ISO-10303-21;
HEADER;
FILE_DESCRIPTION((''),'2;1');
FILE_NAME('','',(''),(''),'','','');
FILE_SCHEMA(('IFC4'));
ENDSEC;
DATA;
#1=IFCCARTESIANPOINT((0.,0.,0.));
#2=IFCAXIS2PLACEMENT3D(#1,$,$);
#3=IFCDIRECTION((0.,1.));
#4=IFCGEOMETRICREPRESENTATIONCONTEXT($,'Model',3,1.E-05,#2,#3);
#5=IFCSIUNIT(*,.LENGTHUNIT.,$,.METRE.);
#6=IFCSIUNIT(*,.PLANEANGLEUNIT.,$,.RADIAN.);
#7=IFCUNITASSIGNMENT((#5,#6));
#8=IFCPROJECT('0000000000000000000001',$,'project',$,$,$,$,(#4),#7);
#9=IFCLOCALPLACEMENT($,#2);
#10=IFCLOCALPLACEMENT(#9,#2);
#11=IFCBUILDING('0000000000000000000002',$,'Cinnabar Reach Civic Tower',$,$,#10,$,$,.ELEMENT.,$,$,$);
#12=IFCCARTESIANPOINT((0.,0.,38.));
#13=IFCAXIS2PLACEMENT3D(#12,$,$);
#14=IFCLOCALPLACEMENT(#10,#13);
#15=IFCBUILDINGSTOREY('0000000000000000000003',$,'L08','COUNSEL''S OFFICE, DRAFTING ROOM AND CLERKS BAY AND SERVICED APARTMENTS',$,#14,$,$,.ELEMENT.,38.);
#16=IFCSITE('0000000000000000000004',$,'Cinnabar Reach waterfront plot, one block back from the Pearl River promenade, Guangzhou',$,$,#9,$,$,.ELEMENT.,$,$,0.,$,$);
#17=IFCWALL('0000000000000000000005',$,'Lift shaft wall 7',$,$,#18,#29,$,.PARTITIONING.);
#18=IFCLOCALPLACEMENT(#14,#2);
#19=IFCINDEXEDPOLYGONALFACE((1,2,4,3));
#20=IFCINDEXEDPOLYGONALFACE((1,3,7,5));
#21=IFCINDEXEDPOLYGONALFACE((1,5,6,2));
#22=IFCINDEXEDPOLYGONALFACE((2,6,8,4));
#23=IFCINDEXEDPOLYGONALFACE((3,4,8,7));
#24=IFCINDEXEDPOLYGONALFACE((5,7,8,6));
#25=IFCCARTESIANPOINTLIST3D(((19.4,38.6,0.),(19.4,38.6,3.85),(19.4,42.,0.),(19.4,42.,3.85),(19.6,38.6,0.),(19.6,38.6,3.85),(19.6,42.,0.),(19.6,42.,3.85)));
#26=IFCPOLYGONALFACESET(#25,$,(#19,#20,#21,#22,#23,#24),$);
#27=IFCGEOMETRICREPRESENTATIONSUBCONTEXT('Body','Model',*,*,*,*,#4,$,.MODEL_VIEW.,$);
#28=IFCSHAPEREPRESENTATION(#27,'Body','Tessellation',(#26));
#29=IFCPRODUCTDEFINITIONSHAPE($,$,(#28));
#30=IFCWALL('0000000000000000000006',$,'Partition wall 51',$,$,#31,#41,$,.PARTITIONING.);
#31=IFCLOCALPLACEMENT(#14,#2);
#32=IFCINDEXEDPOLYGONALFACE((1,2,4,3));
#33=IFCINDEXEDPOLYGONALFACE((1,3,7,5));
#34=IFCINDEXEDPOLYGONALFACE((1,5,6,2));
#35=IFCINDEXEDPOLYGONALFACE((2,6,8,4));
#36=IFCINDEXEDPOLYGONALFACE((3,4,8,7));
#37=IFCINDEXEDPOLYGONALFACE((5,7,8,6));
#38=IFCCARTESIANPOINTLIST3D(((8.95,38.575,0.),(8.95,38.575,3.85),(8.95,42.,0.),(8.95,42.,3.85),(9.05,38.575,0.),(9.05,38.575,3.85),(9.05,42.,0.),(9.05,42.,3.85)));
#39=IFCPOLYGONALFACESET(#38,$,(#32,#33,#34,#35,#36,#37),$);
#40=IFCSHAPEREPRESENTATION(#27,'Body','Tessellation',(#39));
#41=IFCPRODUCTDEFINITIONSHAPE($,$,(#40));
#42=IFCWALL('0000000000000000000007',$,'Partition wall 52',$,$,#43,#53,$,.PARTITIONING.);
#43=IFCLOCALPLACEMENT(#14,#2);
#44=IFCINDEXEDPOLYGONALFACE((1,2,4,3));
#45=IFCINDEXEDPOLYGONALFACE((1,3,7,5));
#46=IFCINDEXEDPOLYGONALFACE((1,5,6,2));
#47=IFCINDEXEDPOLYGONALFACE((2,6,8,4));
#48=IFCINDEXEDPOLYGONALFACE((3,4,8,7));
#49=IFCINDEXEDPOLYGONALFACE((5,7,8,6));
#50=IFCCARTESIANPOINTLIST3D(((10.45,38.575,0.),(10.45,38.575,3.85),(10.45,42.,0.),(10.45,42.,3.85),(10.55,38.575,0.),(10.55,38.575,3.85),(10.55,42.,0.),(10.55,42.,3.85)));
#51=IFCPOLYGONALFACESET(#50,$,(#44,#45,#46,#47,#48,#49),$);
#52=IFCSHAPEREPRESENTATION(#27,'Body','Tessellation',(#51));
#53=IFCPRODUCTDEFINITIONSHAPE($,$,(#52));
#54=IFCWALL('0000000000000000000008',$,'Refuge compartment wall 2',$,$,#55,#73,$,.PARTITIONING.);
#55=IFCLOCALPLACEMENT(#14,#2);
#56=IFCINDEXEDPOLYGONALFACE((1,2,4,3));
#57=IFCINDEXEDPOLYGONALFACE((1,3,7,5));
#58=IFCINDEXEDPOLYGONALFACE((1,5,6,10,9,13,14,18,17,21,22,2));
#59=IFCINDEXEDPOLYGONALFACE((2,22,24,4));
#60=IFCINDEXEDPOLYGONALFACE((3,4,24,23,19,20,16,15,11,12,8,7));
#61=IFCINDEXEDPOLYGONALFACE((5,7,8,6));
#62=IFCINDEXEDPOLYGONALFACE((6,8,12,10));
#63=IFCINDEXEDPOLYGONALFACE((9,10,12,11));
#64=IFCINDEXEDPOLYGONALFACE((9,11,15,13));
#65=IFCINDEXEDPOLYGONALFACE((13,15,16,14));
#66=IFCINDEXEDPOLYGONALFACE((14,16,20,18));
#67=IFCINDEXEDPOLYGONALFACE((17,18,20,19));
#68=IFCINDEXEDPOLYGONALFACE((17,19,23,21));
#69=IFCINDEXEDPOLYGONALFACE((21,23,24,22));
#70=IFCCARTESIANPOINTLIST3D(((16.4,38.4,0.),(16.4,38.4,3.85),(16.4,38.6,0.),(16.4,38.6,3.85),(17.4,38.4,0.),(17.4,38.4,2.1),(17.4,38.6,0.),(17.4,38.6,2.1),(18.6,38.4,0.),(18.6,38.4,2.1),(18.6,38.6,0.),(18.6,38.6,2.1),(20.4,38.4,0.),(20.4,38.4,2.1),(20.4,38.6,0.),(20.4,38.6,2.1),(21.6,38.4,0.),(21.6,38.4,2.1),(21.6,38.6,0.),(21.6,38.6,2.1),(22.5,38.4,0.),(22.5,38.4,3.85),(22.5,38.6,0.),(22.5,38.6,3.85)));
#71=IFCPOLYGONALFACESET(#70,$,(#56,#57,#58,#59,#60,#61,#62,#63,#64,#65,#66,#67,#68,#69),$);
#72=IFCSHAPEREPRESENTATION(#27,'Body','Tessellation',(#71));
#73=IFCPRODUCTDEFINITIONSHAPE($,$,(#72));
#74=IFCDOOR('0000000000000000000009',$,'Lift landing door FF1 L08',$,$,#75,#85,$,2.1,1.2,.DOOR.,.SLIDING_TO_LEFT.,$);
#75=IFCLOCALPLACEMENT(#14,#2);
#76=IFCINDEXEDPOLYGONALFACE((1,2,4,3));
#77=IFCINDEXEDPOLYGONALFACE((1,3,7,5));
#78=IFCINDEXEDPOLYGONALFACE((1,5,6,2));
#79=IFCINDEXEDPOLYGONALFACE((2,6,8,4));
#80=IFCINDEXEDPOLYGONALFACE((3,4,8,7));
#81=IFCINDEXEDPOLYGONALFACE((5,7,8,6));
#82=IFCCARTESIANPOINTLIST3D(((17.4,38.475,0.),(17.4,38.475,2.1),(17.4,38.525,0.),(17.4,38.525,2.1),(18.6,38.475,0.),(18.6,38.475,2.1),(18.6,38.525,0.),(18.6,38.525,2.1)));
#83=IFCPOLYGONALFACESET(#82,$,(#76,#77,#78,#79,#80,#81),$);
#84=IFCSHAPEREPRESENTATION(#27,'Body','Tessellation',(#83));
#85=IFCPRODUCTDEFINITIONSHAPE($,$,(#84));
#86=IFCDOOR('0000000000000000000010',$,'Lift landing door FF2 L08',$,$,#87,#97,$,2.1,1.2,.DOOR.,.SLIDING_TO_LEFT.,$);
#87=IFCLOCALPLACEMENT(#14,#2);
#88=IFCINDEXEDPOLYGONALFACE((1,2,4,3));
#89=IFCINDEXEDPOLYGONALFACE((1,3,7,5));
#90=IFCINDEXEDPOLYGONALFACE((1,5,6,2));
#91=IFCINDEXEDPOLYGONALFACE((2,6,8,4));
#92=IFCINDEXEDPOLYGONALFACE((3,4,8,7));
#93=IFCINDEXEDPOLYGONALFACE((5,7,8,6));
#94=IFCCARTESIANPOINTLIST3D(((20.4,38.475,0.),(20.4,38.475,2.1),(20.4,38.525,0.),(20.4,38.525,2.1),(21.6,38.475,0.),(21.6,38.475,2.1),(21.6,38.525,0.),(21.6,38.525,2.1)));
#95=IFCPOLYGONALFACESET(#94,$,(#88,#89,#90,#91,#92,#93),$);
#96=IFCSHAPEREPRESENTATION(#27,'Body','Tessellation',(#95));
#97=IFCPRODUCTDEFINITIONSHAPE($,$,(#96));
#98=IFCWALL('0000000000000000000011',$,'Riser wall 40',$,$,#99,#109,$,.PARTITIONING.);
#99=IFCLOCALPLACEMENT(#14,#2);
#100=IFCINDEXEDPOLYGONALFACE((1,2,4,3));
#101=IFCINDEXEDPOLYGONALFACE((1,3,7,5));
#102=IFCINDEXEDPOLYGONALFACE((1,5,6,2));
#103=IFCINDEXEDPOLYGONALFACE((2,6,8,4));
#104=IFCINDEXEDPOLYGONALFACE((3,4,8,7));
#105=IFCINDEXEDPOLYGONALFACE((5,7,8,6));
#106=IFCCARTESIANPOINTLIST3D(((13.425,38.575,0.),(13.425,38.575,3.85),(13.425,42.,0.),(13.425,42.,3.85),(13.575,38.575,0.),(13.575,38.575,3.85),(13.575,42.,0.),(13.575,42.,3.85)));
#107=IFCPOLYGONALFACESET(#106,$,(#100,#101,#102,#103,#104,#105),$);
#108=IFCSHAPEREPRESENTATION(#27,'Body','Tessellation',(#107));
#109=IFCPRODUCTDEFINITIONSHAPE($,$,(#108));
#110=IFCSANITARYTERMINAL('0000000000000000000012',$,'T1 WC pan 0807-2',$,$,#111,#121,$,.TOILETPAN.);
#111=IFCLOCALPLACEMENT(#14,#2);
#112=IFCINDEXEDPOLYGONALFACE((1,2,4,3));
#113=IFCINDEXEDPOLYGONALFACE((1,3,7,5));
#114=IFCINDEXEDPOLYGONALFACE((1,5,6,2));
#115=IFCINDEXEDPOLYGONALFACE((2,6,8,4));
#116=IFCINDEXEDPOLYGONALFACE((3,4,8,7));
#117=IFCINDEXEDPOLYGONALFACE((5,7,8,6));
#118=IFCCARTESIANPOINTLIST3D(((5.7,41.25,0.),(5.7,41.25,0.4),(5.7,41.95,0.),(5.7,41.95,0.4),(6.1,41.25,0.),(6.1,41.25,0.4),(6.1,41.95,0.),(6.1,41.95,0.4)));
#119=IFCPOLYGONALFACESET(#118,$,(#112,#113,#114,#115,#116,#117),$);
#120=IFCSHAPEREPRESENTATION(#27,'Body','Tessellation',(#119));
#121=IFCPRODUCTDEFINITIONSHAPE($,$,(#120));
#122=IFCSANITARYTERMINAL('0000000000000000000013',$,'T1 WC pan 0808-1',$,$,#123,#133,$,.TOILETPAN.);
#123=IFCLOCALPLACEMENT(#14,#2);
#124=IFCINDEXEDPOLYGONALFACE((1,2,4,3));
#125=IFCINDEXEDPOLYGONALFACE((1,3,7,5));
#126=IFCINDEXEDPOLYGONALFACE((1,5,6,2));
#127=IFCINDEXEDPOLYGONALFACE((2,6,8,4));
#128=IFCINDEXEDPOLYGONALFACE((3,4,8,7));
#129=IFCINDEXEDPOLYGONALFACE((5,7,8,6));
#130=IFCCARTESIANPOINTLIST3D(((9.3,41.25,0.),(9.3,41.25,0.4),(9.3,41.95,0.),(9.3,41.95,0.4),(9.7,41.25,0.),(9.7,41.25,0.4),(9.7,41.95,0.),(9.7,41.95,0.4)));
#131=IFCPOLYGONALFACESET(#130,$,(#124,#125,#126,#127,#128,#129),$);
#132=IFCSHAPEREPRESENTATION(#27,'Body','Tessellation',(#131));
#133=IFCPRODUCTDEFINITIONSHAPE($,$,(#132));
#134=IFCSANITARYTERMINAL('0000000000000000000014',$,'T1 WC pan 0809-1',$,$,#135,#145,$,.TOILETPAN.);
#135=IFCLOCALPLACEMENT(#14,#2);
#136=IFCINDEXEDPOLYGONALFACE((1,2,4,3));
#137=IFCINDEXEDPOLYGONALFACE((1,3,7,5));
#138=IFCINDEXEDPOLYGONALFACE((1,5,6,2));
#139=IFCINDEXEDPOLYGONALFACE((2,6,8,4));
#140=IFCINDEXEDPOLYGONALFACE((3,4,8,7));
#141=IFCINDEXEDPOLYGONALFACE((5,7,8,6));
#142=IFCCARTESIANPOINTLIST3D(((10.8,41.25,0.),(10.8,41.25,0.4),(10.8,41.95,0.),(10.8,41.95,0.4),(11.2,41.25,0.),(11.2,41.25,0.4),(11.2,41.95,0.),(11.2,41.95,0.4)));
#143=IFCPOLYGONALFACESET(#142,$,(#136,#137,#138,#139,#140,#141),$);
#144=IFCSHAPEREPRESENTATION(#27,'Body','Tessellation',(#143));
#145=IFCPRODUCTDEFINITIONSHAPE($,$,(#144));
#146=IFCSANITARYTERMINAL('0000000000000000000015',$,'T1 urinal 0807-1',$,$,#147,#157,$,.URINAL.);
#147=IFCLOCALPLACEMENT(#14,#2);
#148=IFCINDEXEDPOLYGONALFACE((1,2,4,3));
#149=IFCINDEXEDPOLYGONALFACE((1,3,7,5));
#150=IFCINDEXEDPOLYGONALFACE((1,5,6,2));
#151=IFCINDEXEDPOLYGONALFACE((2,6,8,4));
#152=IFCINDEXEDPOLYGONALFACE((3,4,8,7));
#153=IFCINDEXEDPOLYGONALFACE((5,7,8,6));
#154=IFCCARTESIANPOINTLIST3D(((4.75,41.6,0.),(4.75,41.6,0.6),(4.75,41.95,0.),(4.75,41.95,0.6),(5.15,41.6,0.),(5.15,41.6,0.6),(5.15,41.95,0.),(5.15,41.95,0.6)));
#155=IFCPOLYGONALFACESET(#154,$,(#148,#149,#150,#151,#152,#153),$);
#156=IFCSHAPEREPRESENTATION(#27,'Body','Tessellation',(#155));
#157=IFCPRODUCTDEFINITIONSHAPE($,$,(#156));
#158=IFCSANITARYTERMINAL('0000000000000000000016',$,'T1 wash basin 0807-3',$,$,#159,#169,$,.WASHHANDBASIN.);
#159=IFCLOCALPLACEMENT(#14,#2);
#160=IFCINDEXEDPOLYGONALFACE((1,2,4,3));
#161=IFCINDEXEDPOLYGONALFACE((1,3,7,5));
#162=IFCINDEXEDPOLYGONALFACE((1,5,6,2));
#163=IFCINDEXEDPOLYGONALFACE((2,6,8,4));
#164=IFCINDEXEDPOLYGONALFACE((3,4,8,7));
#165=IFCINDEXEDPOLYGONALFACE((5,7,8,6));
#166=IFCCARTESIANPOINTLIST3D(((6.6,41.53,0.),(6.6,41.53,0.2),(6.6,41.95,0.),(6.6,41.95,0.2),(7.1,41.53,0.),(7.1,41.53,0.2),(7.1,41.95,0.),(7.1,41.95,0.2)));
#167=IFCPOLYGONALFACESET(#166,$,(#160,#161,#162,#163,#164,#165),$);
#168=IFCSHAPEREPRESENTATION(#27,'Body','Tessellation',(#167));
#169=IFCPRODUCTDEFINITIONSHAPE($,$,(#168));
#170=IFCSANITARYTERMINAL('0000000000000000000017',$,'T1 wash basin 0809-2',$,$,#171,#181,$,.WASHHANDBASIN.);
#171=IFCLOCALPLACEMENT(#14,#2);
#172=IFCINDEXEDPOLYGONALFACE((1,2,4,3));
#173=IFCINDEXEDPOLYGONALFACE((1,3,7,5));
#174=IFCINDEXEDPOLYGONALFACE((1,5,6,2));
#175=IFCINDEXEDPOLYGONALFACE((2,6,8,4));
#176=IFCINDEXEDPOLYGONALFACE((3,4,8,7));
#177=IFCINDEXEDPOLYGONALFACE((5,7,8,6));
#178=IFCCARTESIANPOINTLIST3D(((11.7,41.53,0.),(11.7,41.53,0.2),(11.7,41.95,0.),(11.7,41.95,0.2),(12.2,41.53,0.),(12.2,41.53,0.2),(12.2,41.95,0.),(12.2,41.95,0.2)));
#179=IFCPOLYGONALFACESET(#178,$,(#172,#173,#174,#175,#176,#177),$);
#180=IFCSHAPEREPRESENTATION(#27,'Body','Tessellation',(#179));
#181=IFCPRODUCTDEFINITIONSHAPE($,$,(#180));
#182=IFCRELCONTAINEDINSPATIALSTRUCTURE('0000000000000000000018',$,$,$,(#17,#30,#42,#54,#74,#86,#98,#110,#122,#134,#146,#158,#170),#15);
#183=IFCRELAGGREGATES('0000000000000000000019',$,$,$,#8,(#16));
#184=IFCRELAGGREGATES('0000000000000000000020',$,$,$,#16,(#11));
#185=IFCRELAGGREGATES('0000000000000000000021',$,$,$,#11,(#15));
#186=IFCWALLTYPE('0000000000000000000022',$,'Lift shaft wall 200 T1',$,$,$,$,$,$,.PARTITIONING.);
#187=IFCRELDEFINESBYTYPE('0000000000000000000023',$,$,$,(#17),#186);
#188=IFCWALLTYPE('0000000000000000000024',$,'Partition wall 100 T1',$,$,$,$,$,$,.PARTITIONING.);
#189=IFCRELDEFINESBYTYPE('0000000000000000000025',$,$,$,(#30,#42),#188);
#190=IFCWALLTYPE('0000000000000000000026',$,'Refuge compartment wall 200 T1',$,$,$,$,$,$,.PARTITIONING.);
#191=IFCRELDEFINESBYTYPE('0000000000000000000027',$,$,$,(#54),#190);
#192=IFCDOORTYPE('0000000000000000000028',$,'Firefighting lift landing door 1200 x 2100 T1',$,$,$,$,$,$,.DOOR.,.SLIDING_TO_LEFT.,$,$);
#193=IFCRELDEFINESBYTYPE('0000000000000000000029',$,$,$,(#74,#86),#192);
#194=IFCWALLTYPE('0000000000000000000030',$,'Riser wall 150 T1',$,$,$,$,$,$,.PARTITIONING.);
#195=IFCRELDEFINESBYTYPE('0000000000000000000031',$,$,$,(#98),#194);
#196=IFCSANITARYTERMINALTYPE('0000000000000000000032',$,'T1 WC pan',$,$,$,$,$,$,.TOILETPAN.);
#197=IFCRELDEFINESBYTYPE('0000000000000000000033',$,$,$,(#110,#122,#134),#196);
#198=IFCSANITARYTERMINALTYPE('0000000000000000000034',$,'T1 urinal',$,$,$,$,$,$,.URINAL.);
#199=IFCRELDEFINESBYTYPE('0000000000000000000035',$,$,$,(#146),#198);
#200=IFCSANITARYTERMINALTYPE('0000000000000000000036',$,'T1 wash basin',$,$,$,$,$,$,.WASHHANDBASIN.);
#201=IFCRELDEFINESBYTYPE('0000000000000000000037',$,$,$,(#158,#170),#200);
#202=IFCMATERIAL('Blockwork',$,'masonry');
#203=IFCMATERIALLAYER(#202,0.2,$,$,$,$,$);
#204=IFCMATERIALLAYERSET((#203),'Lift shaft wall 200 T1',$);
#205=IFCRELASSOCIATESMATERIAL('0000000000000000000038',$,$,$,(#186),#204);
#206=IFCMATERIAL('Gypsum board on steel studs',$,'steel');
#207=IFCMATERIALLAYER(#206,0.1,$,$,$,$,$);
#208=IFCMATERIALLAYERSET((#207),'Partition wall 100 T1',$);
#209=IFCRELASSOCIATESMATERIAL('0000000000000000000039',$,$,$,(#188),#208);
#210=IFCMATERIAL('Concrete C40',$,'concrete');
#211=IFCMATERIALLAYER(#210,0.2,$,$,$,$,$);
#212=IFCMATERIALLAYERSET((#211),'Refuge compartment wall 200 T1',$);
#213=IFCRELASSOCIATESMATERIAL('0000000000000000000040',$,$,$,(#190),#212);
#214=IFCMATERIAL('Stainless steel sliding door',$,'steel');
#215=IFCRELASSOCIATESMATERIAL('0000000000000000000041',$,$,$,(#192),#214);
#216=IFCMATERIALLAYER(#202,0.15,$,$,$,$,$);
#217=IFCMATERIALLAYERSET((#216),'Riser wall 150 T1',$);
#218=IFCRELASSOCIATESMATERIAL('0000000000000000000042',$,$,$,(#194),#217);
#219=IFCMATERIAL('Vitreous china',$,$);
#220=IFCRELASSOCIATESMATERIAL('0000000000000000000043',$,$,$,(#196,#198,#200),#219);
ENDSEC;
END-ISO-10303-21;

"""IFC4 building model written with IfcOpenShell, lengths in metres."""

from ifc_helpers import new_model, si_unit, direction, frame, frame_2d, origin, origin_2d, place, context, subcontext, project, spatial, rectangle, extrude, material, layer, layer_set, type_object, element, fill, save


model = new_model("IFC4")

# Units and contexts
model_context = context("Model", 3, precision=1e-05, world=origin(), true_north=direction((0.0, 1.0)))
body_context = subcontext(model_context, "Body", "Model", "MODEL_VIEW")
ifc_project = project(units=[si_unit("LENGTHUNIT", "METRE"), si_unit("PLANEANGLEUNIT", "RADIAN")], contexts=[model_context])

# Site, building, storey
site_placement = place(None, origin())
site = spatial("IfcSite", under=ifc_project, at=site_placement, Name="Cinnabar Reach waterfront plot, one block back from the Pearl River promenade, Guangzhou", CompositionType="ELEMENT", RefElevation=0.0)
building_placement = place(site_placement, origin())
building = spatial("IfcBuilding", under=site, at=building_placement, Name="Cinnabar Reach Civic Tower", CompositionType="ELEMENT")
storey_placement = place(building_placement, frame((0.0, 0.0, 38.0)))
storey = spatial("IfcBuildingStorey", under=building, at=storey_placement, Name="L08", Description="COUNSEL'S OFFICE, DRAFTING ROOM AND CLERKS BAY AND SERVICED APARTMENTS", CompositionType="ELEMENT", Elevation=38.0)

# Walls
ifc_material_1 = material(Name="Blockwork", Category="masonry")
ifc_layer_1 = layer(ifc_material_1, 0.2)
ifc_layer_set_1 = layer_set([ifc_layer_1], Name="Lift shaft wall 200 T1")
wall_type_1 = type_object("IfcWallType", Name="Lift shaft wall 200 T1", PredefinedType="PARTITIONING", material=ifc_layer_set_1)
for number, where, z_axis, x_axis, name in (
    (1, (19.5, 38.6, 0.0), (0.0, 0.0, 1.0), (0.0, 1.0, 0.0), "Lift shaft wall 7"),
):
    element("IfcWall", number, at=place(storey_placement, frame(where, z_axis=z_axis, x_axis=x_axis)), inside=storey, type_object=wall_type_1, Name=name, PredefinedType="PARTITIONING", context=body_context, shape_type="SweptSolid", body=[
        extrude(rectangle(XDim=3.4, YDim=0.2, at=frame_2d((1.7, 0.0))), origin(), (0.0, 0.0, 1.0), 3.85),
    ])
ifc_material_2 = material(Name="Gypsum board on steel studs", Category="steel")
ifc_layer_2 = layer(ifc_material_2, 0.1)
ifc_layer_set_2 = layer_set([ifc_layer_2], Name="Partition wall 100 T1")
wall_type_2 = type_object("IfcWallType", Name="Partition wall 100 T1", PredefinedType="PARTITIONING", material=ifc_layer_set_2)
for number, where, z_axis, x_axis, name in (
    (2, (9.0, 38.575, 0.0), (0.0, 0.0, 1.0), (0.0, 1.0, 0.0), "Partition wall 51"),
    (3, (10.5, 38.575, 0.0), (0.0, 0.0, 1.0), (0.0, 1.0, 0.0), "Partition wall 52"),
):
    element("IfcWall", number, at=place(storey_placement, frame(where, z_axis=z_axis, x_axis=x_axis)), inside=storey, type_object=wall_type_2, Name=name, PredefinedType="PARTITIONING", context=body_context, shape_type="SweptSolid", body=[
        extrude(rectangle(XDim=3.425, YDim=0.1, at=frame_2d((1.7125, 0.0))), origin(), (0.0, 0.0, 1.0), 3.85),
    ])

# Wall, openings, doors
ifc_material_3 = material(Name="Concrete C40", Category="concrete")
ifc_layer_3 = layer(ifc_material_3, 0.2)
ifc_layer_set_3 = layer_set([ifc_layer_3], Name="Refuge compartment wall 200 T1")
wall_type_3 = type_object("IfcWallType", Name="Refuge compartment wall 200 T1", PredefinedType="PARTITIONING", material=ifc_layer_set_3)
wall_1_placement = place(storey_placement, frame((16.4, 38.5, 0.0), z_axis=(0.0, 0.0, 1.0), x_axis=(1.0, 0.0, 0.0)))
wall_1 = element("IfcWall", 4, at=wall_1_placement, inside=storey, type_object=wall_type_3, Name="Refuge compartment wall 2", PredefinedType="PARTITIONING", context=body_context, shape_type="SweptSolid", body=[
    extrude(rectangle(XDim=6.1, YDim=0.2, at=frame_2d((3.05, 0.0))), origin(), (0.0, 0.0, 1.0), 3.85),
])
opening_1_placement = place(wall_1_placement, frame((1.0, 0.0, 0.0)))
opening_1 = element("IfcOpeningElement", 5, at=opening_1_placement, cuts=wall_1, PredefinedType="OPENING", context=body_context, shape_type="SweptSolid", body=[
    extrude(rectangle(XDim=1.2, YDim=2.1, at=frame_2d((0.6, 1.05))), frame((0.0, 0.11, 0.0), z_axis=(0.0, -1.0, 0.0), x_axis=(1.0, 0.0, 0.0)), (0.0, 0.0, 1.0), 0.22),
])
opening_2_placement = place(wall_1_placement, frame((4.0, 0.0, 0.0)))
opening_2 = element("IfcOpeningElement", 6, at=opening_2_placement, cuts=wall_1, PredefinedType="OPENING", context=body_context, shape_type="SweptSolid", body=[
    extrude(rectangle(XDim=1.2, YDim=2.1, at=frame_2d((0.6, 1.05))), frame((0.0, 0.11, 0.0), z_axis=(0.0, -1.0, 0.0), x_axis=(1.0, 0.0, 0.0)), (0.0, 0.0, 1.0), 0.22),
])
ifc_material_4 = material(Name="Stainless steel sliding door", Category="steel")
door_type_1 = type_object("IfcDoorType", Name="Firefighting lift landing door 1200 x 2100 T1", OperationType="SLIDING_TO_LEFT", PredefinedType="DOOR", material=ifc_material_4)
door_1_placement = place(opening_1_placement, origin())
door_1 = element("IfcDoor", 7, at=door_1_placement, inside=storey, type_object=door_type_1, Name="Lift landing door FF1 L08", OperationType="SLIDING_TO_LEFT", OverallHeight=2.1, OverallWidth=1.2, PredefinedType="DOOR", context=body_context, shape_type="SweptSolid", body=[
    extrude(rectangle(XDim=1.2, YDim=2.1, at=frame_2d((0.6, 1.05))), frame((0.0, 0.025, 0.0), z_axis=(0.0, -1.0, 0.0), x_axis=(1.0, 0.0, 0.0)), (0.0, 0.0, 1.0), 0.05),
])
fill(opening_1, door_1)
door_2_placement = place(opening_2_placement, origin())
door_2 = element("IfcDoor", 8, at=door_2_placement, inside=storey, type_object=door_type_1, Name="Lift landing door FF2 L08", OperationType="SLIDING_TO_LEFT", OverallHeight=2.1, OverallWidth=1.2, PredefinedType="DOOR", context=body_context, shape_type="SweptSolid", body=[
    extrude(rectangle(XDim=1.2, YDim=2.1, at=frame_2d((0.6, 1.05))), frame((0.0, 0.025, 0.0), z_axis=(0.0, -1.0, 0.0), x_axis=(1.0, 0.0, 0.0)), (0.0, 0.0, 1.0), 0.05),
])
fill(opening_2, door_2)

# Wall
ifc_layer_4 = layer(ifc_material_1, 0.15)
ifc_layer_set_4 = layer_set([ifc_layer_4], Name="Riser wall 150 T1")
wall_type_4 = type_object("IfcWallType", Name="Riser wall 150 T1", PredefinedType="PARTITIONING", material=ifc_layer_set_4)
wall_2_placement = place(storey_placement, frame((13.5, 38.575, 0.0), z_axis=(0.0, 0.0, 1.0), x_axis=(0.0, 1.0, 0.0)))
element("IfcWall", 9, at=wall_2_placement, inside=storey, type_object=wall_type_4, Name="Riser wall 40", PredefinedType="PARTITIONING", context=body_context, shape_type="SweptSolid", body=[
    extrude(rectangle(XDim=3.425, YDim=0.15, at=frame_2d((1.7125, 0.0))), origin(), (0.0, 0.0, 1.0), 3.85),
])

# Sanitary terminals
ifc_material_5 = material(Name="Vitreous china")
sanitary_terminal_type_1 = type_object("IfcSanitaryTerminalType", Name="T1 WC pan", PredefinedType="TOILETPAN", material=ifc_material_5)
for number, where, z_axis, x_axis, name in (
    (10, (5.9, 41.6, 0.0), (0.0, 0.0, 1.0), (1.0, 0.0, 0.0), "T1 WC pan 0807-2"),
    (11, (9.5, 41.6, 0.0), (0.0, 0.0, 1.0), (1.0, 0.0, 0.0), "T1 WC pan 0808-1"),
    (12, (11.0, 41.6, 0.0), (0.0, 0.0, 1.0), (1.0, 0.0, 0.0), "T1 WC pan 0809-1"),
):
    element("IfcSanitaryTerminal", number, at=place(storey_placement, frame(where, z_axis=z_axis, x_axis=x_axis)), inside=storey, type_object=sanitary_terminal_type_1, Name=name, PredefinedType="TOILETPAN", context=body_context, shape_type="SweptSolid", body=[
        extrude(rectangle(XDim=0.4, YDim=0.7, at=origin_2d()), origin(), (0.0, 0.0, 1.0), 0.4),
    ])
sanitary_terminal_type_2 = type_object("IfcSanitaryTerminalType", Name="T1 urinal", PredefinedType="URINAL", material=ifc_material_5)
sanitary_terminal_placement = place(storey_placement, frame((4.95, 41.775, 0.0), z_axis=(0.0, 0.0, 1.0), x_axis=(1.0, 0.0, 0.0)))
element("IfcSanitaryTerminal", 13, at=sanitary_terminal_placement, inside=storey, type_object=sanitary_terminal_type_2, Name="T1 urinal 0807-1", PredefinedType="URINAL", context=body_context, shape_type="SweptSolid", body=[
    extrude(rectangle(XDim=0.4, YDim=0.35, at=origin_2d()), origin(), (0.0, 0.0, 1.0), 0.6),
])
sanitary_terminal_type_3 = type_object("IfcSanitaryTerminalType", Name="T1 wash basin", PredefinedType="WASHHANDBASIN", material=ifc_material_5)
for number, where, z_axis, x_axis, name in (
    (14, (6.85, 41.74, 0.0), (0.0, 0.0, 1.0), (1.0, 0.0, 0.0), "T1 wash basin 0807-3"),
    (15, (11.95, 41.74, 0.0), (0.0, 0.0, 1.0), (1.0, 0.0, 0.0), "T1 wash basin 0809-2"),
):
    element("IfcSanitaryTerminal", number, at=place(storey_placement, frame(where, z_axis=z_axis, x_axis=x_axis)), inside=storey, type_object=sanitary_terminal_type_3, Name=name, PredefinedType="WASHHANDBASIN", context=body_context, shape_type="SweptSolid", body=[
        extrude(rectangle(XDim=0.5, YDim=0.42, at=origin_2d()), origin(), (0.0, 0.0, 1.0), 0.2),
    ])

save(model, "model.ifc")
